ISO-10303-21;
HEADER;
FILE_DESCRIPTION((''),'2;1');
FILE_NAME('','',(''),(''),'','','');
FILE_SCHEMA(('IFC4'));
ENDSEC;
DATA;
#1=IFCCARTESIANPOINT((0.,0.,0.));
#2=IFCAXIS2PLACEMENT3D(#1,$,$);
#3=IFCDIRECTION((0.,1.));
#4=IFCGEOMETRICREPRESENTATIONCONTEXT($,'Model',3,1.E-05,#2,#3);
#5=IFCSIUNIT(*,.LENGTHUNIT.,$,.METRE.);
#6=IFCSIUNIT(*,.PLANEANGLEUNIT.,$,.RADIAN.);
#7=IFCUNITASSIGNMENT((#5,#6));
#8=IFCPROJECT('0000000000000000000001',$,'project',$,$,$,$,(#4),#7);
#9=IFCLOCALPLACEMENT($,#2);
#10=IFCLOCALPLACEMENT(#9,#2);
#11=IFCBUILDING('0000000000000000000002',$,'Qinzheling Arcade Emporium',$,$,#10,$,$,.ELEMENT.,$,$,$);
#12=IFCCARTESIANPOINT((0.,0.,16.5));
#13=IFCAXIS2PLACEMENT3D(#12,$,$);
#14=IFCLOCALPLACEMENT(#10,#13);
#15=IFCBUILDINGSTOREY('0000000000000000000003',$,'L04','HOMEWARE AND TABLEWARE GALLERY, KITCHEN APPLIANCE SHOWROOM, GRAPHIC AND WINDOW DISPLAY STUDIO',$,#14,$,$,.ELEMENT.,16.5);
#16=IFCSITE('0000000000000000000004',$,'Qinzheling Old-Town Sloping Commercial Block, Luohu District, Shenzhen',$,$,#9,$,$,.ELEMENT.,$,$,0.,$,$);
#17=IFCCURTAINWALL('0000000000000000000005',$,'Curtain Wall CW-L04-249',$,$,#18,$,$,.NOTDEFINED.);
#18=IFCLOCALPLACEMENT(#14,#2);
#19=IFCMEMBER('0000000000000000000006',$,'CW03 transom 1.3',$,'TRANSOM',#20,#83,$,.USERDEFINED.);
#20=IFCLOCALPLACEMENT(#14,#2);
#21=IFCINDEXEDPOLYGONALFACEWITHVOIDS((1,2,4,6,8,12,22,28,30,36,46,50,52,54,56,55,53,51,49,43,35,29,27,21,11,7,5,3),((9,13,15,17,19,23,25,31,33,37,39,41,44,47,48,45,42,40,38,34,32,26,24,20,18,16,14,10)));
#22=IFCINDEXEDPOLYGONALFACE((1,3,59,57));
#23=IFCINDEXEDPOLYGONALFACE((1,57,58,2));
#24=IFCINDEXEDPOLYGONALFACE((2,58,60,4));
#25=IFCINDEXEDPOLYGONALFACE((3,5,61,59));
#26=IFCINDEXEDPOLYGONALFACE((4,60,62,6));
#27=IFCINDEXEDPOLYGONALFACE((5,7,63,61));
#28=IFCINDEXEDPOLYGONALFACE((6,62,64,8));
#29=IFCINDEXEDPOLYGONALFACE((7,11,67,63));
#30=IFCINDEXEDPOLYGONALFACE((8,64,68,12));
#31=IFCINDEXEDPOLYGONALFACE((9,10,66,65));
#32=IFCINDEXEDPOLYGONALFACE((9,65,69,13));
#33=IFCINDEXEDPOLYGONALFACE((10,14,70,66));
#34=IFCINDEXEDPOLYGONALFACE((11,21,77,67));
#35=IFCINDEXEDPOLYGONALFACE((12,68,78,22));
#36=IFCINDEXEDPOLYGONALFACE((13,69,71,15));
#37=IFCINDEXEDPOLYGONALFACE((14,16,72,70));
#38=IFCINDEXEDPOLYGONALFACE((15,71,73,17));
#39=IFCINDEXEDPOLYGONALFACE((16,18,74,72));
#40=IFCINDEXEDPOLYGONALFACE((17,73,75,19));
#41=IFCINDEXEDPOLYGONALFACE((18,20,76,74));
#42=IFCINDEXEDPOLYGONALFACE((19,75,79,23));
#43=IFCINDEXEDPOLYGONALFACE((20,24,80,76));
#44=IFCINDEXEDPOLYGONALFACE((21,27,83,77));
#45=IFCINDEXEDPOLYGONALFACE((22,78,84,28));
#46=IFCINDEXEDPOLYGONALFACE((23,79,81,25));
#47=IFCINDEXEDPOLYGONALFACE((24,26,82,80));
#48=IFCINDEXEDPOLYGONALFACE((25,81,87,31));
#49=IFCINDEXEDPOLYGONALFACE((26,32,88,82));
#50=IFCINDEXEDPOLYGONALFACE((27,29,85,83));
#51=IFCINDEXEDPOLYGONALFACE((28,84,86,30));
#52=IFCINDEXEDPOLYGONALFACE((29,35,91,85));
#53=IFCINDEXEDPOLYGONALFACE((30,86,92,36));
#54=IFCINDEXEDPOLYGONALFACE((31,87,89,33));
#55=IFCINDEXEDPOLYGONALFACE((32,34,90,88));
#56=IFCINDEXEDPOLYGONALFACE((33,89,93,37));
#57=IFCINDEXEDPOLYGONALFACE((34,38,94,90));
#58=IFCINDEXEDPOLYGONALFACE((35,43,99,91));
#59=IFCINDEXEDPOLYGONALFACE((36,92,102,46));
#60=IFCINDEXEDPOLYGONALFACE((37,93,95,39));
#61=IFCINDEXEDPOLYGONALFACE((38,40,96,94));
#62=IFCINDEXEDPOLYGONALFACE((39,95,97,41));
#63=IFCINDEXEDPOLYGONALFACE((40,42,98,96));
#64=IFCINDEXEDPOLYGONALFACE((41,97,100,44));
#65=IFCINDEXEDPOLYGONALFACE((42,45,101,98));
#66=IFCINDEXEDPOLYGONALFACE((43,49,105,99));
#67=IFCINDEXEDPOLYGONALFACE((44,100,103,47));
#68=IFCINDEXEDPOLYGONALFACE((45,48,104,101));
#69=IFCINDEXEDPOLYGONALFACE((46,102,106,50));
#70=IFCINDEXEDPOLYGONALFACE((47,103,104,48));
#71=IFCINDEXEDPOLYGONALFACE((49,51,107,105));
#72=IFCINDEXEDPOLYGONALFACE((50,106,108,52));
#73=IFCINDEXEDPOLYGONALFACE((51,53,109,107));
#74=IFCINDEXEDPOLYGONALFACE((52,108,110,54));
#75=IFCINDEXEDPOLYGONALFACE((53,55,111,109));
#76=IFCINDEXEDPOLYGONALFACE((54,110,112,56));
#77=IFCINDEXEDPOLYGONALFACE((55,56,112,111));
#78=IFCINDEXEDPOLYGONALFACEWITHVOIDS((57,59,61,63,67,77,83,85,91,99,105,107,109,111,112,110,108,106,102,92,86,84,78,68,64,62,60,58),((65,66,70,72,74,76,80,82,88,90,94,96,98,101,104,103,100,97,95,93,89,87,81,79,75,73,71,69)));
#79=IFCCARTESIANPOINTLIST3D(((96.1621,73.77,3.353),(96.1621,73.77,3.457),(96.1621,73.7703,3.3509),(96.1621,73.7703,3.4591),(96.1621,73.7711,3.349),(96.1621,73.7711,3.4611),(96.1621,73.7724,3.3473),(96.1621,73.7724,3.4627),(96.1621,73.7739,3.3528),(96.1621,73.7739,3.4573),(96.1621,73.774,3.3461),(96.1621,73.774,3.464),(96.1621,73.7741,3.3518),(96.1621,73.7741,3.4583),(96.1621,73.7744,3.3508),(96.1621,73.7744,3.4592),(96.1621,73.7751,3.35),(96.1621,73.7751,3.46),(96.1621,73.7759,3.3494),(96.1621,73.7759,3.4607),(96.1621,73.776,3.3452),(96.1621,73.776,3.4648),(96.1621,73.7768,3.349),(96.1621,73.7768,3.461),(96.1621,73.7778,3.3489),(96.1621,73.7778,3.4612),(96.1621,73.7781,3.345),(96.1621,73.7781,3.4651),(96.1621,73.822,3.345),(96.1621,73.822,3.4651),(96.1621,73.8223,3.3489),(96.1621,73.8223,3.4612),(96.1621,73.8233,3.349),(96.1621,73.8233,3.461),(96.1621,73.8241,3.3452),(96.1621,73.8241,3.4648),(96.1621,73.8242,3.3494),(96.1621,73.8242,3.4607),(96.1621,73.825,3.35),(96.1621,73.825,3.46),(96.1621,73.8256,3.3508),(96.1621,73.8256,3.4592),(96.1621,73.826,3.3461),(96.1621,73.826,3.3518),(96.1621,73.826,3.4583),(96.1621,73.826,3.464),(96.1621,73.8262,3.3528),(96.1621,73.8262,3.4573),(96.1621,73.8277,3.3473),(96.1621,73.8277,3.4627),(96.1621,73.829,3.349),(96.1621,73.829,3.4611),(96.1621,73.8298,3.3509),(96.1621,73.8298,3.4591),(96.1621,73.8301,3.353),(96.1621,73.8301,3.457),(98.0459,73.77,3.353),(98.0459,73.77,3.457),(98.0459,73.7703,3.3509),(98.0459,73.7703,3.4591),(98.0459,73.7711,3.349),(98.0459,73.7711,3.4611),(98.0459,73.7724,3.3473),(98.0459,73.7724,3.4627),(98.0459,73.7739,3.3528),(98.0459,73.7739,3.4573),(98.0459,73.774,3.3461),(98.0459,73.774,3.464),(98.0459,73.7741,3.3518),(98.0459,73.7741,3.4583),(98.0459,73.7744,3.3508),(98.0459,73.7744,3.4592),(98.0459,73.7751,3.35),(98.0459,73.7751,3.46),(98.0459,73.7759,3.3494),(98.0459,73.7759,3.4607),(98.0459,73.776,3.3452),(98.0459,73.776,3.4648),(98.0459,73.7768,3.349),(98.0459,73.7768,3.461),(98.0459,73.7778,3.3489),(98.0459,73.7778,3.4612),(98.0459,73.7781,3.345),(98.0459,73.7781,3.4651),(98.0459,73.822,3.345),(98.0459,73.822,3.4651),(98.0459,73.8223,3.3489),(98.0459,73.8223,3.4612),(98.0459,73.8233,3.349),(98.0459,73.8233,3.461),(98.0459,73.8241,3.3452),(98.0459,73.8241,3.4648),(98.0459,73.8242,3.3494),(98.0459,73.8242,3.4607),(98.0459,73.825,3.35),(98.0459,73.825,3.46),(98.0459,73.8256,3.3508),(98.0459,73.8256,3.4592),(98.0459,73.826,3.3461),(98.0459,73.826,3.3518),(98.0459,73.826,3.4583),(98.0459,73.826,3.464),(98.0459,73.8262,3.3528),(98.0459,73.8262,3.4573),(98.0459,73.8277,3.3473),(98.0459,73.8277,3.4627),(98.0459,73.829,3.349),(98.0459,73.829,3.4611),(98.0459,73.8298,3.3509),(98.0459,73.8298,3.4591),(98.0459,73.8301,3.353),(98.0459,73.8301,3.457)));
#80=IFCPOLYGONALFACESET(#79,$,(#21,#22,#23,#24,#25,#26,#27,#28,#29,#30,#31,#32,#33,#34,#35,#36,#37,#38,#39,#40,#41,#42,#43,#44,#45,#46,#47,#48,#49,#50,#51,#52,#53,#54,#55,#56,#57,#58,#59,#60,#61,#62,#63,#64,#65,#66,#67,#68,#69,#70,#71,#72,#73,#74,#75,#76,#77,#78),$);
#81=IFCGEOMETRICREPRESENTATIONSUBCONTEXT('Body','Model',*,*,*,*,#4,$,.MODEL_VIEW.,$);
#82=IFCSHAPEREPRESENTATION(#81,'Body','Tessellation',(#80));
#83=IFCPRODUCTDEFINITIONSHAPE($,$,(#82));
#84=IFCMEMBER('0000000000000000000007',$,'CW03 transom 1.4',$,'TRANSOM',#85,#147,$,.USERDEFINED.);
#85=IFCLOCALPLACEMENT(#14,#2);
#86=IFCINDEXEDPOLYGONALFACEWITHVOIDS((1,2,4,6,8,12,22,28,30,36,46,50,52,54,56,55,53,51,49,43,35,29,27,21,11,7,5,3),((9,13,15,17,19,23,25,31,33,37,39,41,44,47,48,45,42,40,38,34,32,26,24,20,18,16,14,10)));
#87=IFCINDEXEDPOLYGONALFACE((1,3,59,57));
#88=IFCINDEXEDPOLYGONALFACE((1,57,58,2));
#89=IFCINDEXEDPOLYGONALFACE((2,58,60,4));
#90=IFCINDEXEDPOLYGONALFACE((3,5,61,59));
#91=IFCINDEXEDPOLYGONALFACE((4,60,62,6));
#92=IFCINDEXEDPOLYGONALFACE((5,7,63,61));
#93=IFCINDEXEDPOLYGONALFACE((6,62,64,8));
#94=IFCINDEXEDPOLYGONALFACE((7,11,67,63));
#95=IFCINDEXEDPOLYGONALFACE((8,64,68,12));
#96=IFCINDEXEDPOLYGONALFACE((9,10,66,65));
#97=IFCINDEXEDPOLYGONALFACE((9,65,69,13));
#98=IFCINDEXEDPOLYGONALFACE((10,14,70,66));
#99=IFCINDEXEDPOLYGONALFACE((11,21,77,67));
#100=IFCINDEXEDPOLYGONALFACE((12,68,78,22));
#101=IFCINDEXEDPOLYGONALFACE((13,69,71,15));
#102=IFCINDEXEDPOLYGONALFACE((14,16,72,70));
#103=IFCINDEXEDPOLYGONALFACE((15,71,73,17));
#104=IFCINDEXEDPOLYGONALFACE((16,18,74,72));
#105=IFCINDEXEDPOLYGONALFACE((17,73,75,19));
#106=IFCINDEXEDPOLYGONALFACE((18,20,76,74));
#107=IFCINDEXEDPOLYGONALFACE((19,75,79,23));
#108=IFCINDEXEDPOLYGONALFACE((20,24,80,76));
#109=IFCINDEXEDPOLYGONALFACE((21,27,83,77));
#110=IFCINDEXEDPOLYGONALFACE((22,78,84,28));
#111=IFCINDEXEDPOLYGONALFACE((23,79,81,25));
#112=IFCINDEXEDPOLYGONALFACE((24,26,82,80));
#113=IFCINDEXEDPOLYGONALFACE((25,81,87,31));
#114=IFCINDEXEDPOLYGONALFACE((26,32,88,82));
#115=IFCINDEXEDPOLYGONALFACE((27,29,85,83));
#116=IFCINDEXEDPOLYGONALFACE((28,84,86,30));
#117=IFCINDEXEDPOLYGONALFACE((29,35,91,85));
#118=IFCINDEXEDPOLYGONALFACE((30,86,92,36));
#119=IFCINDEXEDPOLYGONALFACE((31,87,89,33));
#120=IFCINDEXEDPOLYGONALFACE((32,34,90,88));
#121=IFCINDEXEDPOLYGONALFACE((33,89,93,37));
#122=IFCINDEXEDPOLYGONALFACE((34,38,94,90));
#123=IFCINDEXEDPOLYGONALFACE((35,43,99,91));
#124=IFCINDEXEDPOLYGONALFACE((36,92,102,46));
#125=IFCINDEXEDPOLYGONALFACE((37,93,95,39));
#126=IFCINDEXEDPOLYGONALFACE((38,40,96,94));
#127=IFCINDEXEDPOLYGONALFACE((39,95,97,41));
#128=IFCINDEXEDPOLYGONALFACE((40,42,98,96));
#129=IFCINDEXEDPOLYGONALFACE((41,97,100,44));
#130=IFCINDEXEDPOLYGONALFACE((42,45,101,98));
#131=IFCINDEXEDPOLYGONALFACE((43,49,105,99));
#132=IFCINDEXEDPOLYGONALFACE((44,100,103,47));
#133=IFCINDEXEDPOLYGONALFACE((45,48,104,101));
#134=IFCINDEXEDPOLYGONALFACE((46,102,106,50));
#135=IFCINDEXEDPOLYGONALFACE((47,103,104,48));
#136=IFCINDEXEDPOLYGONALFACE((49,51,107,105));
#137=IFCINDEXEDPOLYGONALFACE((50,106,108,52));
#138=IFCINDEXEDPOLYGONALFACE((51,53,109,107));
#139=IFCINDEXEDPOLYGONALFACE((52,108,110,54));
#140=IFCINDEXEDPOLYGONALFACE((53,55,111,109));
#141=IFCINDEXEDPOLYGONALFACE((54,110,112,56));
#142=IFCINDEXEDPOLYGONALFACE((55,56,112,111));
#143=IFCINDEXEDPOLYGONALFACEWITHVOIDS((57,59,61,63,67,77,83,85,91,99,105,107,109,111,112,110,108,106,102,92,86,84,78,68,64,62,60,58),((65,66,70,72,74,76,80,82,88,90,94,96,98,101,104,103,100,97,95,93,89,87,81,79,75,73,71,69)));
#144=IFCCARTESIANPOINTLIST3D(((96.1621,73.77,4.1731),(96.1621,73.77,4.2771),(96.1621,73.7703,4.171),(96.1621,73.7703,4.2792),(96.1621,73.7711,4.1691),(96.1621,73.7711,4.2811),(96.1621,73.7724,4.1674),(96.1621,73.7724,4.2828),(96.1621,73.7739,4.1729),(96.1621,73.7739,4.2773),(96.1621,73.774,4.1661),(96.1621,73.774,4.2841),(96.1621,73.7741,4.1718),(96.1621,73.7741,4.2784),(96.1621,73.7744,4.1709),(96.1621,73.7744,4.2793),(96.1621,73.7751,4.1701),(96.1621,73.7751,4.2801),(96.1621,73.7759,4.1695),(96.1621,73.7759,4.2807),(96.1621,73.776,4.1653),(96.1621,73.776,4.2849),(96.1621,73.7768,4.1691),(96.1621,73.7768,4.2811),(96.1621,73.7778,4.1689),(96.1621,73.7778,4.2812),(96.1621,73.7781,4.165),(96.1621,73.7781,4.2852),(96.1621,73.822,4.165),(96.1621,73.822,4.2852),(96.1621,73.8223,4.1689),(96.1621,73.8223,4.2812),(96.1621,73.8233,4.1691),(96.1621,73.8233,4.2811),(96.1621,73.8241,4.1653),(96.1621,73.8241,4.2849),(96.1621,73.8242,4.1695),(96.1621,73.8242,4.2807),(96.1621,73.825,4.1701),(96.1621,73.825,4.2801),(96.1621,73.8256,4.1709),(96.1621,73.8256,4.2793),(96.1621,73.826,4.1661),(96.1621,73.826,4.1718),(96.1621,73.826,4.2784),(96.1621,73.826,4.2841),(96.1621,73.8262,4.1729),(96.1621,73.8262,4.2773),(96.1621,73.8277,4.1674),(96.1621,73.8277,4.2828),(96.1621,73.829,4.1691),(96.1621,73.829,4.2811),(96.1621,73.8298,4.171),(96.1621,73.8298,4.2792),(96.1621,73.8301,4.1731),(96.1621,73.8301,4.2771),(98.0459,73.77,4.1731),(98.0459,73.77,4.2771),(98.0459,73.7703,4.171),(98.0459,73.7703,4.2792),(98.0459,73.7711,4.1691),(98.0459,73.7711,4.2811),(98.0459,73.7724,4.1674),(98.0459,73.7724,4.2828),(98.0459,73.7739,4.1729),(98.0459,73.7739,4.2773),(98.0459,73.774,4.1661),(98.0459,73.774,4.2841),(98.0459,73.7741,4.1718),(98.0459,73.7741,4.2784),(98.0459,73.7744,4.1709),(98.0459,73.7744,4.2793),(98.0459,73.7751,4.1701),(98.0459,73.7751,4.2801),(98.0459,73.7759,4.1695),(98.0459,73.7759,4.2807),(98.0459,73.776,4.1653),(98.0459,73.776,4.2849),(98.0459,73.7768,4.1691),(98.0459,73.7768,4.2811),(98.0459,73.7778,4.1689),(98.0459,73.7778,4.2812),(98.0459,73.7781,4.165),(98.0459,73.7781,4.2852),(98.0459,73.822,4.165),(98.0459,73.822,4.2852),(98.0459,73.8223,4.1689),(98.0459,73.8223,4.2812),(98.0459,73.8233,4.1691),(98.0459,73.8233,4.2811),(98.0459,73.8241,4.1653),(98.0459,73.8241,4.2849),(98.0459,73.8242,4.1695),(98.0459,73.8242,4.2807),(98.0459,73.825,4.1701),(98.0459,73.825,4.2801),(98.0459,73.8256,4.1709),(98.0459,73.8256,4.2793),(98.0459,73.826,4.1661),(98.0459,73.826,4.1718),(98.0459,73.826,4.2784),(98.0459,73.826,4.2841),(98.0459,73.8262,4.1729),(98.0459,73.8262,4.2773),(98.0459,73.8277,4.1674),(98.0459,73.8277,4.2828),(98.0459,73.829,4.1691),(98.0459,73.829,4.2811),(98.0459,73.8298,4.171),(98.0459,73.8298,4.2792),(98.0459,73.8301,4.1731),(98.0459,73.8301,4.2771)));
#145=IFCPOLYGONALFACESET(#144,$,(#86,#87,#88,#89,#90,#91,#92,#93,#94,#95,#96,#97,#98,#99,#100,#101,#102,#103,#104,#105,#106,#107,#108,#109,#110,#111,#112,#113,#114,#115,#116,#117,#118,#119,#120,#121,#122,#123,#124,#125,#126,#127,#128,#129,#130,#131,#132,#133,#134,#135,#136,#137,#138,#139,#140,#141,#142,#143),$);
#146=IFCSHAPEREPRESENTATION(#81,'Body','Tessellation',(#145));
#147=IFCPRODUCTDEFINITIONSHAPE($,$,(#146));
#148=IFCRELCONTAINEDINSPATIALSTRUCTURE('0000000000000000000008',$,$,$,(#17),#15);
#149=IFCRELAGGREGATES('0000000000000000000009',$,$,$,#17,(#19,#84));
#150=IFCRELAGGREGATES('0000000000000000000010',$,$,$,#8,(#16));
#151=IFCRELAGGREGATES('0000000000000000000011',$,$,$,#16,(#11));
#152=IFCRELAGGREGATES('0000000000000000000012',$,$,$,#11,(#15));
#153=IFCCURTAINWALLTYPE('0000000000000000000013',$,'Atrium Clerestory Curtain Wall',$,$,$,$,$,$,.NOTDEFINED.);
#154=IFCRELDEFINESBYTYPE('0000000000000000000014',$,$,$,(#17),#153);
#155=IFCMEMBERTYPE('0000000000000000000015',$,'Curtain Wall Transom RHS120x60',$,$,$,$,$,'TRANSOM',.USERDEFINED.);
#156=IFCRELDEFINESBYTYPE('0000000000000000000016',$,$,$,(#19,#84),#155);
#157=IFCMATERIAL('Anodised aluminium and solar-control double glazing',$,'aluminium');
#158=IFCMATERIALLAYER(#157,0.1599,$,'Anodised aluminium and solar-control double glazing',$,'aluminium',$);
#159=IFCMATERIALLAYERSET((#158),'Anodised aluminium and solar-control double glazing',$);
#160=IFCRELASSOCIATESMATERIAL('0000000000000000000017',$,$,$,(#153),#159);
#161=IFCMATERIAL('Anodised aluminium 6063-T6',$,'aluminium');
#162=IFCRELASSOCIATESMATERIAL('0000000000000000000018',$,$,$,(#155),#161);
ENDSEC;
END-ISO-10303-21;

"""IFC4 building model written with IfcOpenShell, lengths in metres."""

from ifc_helpers import new_model, si_unit, direction, frame, origin, origin_2d, place, context, subcontext, project, spatial, hollow_rectangle, extrude, material, layer, layer_set, material_profile, profile_set, type_object, element, aggregate, save


model = new_model("IFC4")

# Units and contexts
model_context = context("Model", 3, precision=1e-05, world=origin(), true_north=direction((0.0, 1.0)))
body_context = subcontext(model_context, "Body", "Model", "MODEL_VIEW")
ifc_project = project(units=[si_unit("LENGTHUNIT", "METRE"), si_unit("PLANEANGLEUNIT", "RADIAN")], contexts=[model_context])

# Site, building, storey
site_placement = place(None, origin())
site = spatial("IfcSite", under=ifc_project, at=site_placement, Name="Qinzheling Old-Town Sloping Commercial Block, Luohu District, Shenzhen", CompositionType="ELEMENT", RefElevation=0.0)
building_placement = place(site_placement, origin())
building = spatial("IfcBuilding", under=site, at=building_placement, Name="Qinzheling Arcade Emporium", CompositionType="ELEMENT")
storey_placement = place(building_placement, frame((0.0, 0.0, 16.5)))
storey = spatial("IfcBuildingStorey", under=building, at=storey_placement, Name="L04", Description="HOMEWARE AND TABLEWARE GALLERY, KITCHEN APPLIANCE SHOWROOM, GRAPHIC AND WINDOW DISPLAY STUDIO", CompositionType="ELEMENT", Elevation=16.5)

# Shared definitions
ifc_material_1 = material(Name="Anodised aluminium and solar-control double glazing", Category="aluminium")
ifc_layer_1 = layer(ifc_material_1, 0.1599, Name="Anodised aluminium and solar-control double glazing", Category="aluminium")
ifc_layer_set_1 = layer_set([ifc_layer_1], Name="Anodised aluminium and solar-control double glazing")
curtain_wall_type = type_object("IfcCurtainWallType", Name="Atrium Clerestory Curtain Wall", PredefinedType="NOTDEFINED", material=ifc_layer_set_1)
ifc_material_2 = material(Name="Anodised aluminium 6063-T6", Category="aluminium")

# Curtain wall, members
curtain_wall_1_placement = place(storey_placement, origin())
curtain_wall_1 = element("IfcCurtainWall", 1, at=curtain_wall_1_placement, inside=storey, type_object=curtain_wall_type, Name="Curtain Wall CW-L04-249", PredefinedType="NOTDEFINED")
ifc_material_profile_1 = material_profile(ifc_material_2, hollow_rectangle(XDim=0.0601, YDim=0.1201, WallThickness=0.0039, InnerFilletRadius=0.0039, OuterFilletRadius=0.0081, at=origin_2d()), Name="RHS 120x60x4", Category="aluminium")
ifc_profile_set_1 = profile_set([ifc_material_profile_1], Name="Anodised aluminium 6063-T6")
member_type_1 = type_object("IfcMemberType", Name="Curtain Wall Transom RHS120x60", ElementType="TRANSOM", PredefinedType="USERDEFINED", material=ifc_profile_set_1)
member_1_placement = place(storey_placement, frame((96.1621, 73.8, 3.405), z_axis=(1.0, 0.0, 0.0), x_axis=(0.0, 1.0, 0.0)))
member_1 = element("IfcMember", 2, at=member_1_placement, type_object=member_type_1, Name="CW03 transom 1.3", ObjectType="TRANSOM", PredefinedType="USERDEFINED", context=body_context, shape_type="SweptSolid", body=[
    extrude(hollow_rectangle(XDim=0.0601, YDim=0.1201, WallThickness=0.0039, InnerFilletRadius=0.0039, OuterFilletRadius=0.0081, at=origin_2d()), origin(), (0.0, 0.0, 1.0), 1.8838),
])
member_2_placement = place(storey_placement, frame((96.1621, 73.8, 4.2251), z_axis=(1.0, 0.0, 0.0), x_axis=(0.0, 1.0, 0.0)))
member_2 = element("IfcMember", 3, at=member_2_placement, type_object=member_type_1, Name="CW03 transom 1.4", ObjectType="TRANSOM", PredefinedType="USERDEFINED", context=body_context, shape_type="SweptSolid", body=[
    extrude(hollow_rectangle(XDim=0.0601, YDim=0.1201, WallThickness=0.0039, InnerFilletRadius=0.0039, OuterFilletRadius=0.0081, at=origin_2d()), origin(), (0.0, 0.0, 1.0), 1.8838),
])

aggregate(curtain_wall_1, [member_1, member_2])

save(model, "model.ifc")
